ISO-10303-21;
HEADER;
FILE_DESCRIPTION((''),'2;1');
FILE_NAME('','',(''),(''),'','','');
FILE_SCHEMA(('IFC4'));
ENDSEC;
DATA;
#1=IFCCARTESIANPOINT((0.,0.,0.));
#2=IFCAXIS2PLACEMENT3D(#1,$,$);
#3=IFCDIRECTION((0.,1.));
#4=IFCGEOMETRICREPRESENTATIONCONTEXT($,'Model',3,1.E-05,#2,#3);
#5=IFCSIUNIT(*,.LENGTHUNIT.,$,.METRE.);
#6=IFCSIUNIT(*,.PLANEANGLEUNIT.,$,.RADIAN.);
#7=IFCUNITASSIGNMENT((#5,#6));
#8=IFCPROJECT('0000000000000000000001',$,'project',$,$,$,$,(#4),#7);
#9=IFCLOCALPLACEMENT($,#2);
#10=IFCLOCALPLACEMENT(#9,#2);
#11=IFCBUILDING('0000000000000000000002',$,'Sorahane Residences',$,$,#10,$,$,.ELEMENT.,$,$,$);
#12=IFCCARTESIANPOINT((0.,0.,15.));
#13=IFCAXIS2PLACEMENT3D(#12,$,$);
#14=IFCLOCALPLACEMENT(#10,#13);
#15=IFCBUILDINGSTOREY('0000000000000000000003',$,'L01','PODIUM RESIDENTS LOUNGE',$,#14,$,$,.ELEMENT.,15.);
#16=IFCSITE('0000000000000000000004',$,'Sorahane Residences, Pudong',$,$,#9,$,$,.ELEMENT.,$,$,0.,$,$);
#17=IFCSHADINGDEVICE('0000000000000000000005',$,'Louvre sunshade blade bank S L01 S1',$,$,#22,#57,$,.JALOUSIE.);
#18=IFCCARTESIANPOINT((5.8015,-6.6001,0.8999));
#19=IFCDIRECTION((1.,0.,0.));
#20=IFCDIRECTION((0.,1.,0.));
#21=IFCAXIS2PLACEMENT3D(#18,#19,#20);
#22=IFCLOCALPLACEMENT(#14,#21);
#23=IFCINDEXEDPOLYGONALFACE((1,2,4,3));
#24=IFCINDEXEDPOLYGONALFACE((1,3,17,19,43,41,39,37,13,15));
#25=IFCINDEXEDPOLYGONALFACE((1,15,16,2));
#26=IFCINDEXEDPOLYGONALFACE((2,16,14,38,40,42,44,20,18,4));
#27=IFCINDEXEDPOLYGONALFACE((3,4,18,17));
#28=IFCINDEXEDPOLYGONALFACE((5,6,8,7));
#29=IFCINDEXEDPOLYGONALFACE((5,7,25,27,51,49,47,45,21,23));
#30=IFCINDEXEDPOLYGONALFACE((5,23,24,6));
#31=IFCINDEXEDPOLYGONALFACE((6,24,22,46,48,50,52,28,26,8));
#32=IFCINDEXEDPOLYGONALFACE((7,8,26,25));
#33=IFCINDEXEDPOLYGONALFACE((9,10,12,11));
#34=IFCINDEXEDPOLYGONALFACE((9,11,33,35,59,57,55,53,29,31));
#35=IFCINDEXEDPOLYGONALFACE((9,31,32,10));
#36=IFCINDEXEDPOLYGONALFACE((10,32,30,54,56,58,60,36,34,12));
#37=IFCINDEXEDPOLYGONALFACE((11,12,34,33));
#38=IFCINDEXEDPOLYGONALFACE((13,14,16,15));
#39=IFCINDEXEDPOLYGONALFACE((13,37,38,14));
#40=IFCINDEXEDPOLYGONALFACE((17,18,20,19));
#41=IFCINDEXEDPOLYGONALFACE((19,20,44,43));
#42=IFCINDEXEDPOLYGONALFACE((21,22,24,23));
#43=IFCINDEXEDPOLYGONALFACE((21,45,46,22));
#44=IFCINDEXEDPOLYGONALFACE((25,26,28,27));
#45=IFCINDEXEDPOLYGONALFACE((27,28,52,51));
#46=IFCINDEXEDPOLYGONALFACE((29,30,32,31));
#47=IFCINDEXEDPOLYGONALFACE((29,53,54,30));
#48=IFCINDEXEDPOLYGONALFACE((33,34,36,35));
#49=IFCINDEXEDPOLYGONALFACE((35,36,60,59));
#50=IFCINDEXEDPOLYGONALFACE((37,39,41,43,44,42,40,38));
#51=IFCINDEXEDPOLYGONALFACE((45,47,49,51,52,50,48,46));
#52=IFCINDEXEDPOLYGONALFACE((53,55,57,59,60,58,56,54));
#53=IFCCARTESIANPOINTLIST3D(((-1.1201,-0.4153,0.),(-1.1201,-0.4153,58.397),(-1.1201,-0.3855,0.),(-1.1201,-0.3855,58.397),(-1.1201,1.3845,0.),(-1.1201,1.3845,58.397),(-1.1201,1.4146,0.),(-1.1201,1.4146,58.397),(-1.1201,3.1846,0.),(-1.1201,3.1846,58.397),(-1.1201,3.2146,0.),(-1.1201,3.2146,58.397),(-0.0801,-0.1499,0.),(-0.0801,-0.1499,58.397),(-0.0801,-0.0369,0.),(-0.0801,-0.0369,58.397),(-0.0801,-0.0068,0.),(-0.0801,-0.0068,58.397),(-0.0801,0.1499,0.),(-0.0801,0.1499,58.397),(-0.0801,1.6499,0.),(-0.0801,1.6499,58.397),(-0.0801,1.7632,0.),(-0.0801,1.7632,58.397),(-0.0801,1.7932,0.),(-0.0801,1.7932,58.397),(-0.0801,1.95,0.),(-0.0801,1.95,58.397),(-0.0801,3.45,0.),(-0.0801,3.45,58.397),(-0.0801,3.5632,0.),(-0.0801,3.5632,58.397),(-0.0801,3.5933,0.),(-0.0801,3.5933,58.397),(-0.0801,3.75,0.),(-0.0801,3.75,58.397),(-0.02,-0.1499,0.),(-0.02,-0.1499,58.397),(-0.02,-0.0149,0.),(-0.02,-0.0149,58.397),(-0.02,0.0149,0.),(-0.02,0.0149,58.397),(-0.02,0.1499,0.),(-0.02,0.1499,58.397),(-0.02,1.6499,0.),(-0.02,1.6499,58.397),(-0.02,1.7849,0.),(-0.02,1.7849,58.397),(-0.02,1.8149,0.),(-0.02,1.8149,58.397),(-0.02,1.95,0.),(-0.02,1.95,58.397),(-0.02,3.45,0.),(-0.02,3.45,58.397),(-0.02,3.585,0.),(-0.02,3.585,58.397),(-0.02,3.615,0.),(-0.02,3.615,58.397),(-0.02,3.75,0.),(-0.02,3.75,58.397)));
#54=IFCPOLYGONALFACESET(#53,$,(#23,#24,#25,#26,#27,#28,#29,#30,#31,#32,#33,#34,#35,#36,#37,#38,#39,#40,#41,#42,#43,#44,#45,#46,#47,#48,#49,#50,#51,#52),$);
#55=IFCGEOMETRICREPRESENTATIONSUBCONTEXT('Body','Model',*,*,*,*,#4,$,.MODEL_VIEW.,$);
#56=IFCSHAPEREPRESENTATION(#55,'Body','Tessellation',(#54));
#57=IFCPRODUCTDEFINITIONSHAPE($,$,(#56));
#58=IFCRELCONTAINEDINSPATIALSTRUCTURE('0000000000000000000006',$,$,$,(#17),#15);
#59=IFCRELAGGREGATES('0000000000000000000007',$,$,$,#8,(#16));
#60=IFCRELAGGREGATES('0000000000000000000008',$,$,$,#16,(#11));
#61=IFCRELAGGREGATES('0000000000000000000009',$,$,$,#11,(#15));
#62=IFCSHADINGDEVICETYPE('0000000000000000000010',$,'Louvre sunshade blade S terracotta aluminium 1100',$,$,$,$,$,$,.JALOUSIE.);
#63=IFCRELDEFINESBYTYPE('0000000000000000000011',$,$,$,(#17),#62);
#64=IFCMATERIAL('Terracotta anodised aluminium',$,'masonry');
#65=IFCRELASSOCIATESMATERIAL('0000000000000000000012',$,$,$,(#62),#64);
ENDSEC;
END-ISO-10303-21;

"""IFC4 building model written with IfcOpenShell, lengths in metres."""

from ifc_helpers import new_model, si_unit, direction, frame, origin, place, context, subcontext, project, spatial, polyline, outline, composite_profile, extrude, material, type_object, element, save


model = new_model("IFC4")

# Units and contexts
model_context = context("Model", 3, precision=1e-05, world=origin(), true_north=direction((0.0, 1.0)))
body_context = subcontext(model_context, "Body", "Model", "MODEL_VIEW")
ifc_project = project(units=[si_unit("LENGTHUNIT", "METRE"), si_unit("PLANEANGLEUNIT", "RADIAN")], contexts=[model_context])

# Site, building, storey
site_placement = place(None, origin())
site = spatial("IfcSite", under=ifc_project, at=site_placement, Name="Sorahane Residences, Pudong", CompositionType="ELEMENT", RefElevation=0.0)
building_placement = place(site_placement, origin())
building = spatial("IfcBuilding", under=site, at=building_placement, Name="Sorahane Residences", CompositionType="ELEMENT")
storey_placement = place(building_placement, frame((0.0, 0.0, 15.0)))
storey = spatial("IfcBuildingStorey", under=building, at=storey_placement, Name="L01", Description="PODIUM RESIDENTS LOUNGE", CompositionType="ELEMENT", Elevation=15.0)

# Shading device
ifc_material_1 = material(Name="Terracotta anodised aluminium", Category="masonry")
shading_device_type = type_object("IfcShadingDeviceType", Name="Louvre sunshade blade S terracotta aluminium 1100", PredefinedType="JALOUSIE", material=ifc_material_1)
shading_device_placement = place(storey_placement, frame((5.8015, -6.6001, 0.8999), z_axis=(1.0, 0.0, 0.0), x_axis=(0.0, 1.0, 0.0)))
element("IfcShadingDevice", 1, at=shading_device_placement, inside=storey, type_object=shading_device_type, Name="Louvre sunshade blade bank S L01 S1", PredefinedType="JALOUSIE", context=body_context, shape_type="SweptSolid", body=[
    extrude(composite_profile([outline(polyline([(-1.1201, -0.3855), (-1.1201, -0.4153), (-0.0801, -0.0369), (-0.0801, -0.1499), (-0.02, -0.1499), (-0.02, -0.0149), (-0.02, 0.0149), (-0.02, 0.1499), (-0.0801, 0.1499), (-0.0801, -0.0068), (-1.1201, -0.3855)])), outline(polyline([(-1.1201, 1.4146), (-1.1201, 1.3845), (-0.0801, 1.7632), (-0.0801, 1.6499), (-0.02, 1.6499), (-0.02, 1.7849), (-0.02, 1.8149), (-0.02, 1.95), (-0.0801, 1.95), (-0.0801, 1.7932), (-1.1201, 1.4146)])), outline(polyline([(-1.1201, 3.2146), (-1.1201, 3.1846), (-0.0801, 3.5632), (-0.0801, 3.45), (-0.02, 3.45), (-0.02, 3.585), (-0.02, 3.615), (-0.02, 3.75), (-0.0801, 3.75), (-0.0801, 3.5933), (-1.1201, 3.2146)]))]), origin(), (0.0, 0.0, 1.0), 58.397),
])

save(model, "model.ifc")
